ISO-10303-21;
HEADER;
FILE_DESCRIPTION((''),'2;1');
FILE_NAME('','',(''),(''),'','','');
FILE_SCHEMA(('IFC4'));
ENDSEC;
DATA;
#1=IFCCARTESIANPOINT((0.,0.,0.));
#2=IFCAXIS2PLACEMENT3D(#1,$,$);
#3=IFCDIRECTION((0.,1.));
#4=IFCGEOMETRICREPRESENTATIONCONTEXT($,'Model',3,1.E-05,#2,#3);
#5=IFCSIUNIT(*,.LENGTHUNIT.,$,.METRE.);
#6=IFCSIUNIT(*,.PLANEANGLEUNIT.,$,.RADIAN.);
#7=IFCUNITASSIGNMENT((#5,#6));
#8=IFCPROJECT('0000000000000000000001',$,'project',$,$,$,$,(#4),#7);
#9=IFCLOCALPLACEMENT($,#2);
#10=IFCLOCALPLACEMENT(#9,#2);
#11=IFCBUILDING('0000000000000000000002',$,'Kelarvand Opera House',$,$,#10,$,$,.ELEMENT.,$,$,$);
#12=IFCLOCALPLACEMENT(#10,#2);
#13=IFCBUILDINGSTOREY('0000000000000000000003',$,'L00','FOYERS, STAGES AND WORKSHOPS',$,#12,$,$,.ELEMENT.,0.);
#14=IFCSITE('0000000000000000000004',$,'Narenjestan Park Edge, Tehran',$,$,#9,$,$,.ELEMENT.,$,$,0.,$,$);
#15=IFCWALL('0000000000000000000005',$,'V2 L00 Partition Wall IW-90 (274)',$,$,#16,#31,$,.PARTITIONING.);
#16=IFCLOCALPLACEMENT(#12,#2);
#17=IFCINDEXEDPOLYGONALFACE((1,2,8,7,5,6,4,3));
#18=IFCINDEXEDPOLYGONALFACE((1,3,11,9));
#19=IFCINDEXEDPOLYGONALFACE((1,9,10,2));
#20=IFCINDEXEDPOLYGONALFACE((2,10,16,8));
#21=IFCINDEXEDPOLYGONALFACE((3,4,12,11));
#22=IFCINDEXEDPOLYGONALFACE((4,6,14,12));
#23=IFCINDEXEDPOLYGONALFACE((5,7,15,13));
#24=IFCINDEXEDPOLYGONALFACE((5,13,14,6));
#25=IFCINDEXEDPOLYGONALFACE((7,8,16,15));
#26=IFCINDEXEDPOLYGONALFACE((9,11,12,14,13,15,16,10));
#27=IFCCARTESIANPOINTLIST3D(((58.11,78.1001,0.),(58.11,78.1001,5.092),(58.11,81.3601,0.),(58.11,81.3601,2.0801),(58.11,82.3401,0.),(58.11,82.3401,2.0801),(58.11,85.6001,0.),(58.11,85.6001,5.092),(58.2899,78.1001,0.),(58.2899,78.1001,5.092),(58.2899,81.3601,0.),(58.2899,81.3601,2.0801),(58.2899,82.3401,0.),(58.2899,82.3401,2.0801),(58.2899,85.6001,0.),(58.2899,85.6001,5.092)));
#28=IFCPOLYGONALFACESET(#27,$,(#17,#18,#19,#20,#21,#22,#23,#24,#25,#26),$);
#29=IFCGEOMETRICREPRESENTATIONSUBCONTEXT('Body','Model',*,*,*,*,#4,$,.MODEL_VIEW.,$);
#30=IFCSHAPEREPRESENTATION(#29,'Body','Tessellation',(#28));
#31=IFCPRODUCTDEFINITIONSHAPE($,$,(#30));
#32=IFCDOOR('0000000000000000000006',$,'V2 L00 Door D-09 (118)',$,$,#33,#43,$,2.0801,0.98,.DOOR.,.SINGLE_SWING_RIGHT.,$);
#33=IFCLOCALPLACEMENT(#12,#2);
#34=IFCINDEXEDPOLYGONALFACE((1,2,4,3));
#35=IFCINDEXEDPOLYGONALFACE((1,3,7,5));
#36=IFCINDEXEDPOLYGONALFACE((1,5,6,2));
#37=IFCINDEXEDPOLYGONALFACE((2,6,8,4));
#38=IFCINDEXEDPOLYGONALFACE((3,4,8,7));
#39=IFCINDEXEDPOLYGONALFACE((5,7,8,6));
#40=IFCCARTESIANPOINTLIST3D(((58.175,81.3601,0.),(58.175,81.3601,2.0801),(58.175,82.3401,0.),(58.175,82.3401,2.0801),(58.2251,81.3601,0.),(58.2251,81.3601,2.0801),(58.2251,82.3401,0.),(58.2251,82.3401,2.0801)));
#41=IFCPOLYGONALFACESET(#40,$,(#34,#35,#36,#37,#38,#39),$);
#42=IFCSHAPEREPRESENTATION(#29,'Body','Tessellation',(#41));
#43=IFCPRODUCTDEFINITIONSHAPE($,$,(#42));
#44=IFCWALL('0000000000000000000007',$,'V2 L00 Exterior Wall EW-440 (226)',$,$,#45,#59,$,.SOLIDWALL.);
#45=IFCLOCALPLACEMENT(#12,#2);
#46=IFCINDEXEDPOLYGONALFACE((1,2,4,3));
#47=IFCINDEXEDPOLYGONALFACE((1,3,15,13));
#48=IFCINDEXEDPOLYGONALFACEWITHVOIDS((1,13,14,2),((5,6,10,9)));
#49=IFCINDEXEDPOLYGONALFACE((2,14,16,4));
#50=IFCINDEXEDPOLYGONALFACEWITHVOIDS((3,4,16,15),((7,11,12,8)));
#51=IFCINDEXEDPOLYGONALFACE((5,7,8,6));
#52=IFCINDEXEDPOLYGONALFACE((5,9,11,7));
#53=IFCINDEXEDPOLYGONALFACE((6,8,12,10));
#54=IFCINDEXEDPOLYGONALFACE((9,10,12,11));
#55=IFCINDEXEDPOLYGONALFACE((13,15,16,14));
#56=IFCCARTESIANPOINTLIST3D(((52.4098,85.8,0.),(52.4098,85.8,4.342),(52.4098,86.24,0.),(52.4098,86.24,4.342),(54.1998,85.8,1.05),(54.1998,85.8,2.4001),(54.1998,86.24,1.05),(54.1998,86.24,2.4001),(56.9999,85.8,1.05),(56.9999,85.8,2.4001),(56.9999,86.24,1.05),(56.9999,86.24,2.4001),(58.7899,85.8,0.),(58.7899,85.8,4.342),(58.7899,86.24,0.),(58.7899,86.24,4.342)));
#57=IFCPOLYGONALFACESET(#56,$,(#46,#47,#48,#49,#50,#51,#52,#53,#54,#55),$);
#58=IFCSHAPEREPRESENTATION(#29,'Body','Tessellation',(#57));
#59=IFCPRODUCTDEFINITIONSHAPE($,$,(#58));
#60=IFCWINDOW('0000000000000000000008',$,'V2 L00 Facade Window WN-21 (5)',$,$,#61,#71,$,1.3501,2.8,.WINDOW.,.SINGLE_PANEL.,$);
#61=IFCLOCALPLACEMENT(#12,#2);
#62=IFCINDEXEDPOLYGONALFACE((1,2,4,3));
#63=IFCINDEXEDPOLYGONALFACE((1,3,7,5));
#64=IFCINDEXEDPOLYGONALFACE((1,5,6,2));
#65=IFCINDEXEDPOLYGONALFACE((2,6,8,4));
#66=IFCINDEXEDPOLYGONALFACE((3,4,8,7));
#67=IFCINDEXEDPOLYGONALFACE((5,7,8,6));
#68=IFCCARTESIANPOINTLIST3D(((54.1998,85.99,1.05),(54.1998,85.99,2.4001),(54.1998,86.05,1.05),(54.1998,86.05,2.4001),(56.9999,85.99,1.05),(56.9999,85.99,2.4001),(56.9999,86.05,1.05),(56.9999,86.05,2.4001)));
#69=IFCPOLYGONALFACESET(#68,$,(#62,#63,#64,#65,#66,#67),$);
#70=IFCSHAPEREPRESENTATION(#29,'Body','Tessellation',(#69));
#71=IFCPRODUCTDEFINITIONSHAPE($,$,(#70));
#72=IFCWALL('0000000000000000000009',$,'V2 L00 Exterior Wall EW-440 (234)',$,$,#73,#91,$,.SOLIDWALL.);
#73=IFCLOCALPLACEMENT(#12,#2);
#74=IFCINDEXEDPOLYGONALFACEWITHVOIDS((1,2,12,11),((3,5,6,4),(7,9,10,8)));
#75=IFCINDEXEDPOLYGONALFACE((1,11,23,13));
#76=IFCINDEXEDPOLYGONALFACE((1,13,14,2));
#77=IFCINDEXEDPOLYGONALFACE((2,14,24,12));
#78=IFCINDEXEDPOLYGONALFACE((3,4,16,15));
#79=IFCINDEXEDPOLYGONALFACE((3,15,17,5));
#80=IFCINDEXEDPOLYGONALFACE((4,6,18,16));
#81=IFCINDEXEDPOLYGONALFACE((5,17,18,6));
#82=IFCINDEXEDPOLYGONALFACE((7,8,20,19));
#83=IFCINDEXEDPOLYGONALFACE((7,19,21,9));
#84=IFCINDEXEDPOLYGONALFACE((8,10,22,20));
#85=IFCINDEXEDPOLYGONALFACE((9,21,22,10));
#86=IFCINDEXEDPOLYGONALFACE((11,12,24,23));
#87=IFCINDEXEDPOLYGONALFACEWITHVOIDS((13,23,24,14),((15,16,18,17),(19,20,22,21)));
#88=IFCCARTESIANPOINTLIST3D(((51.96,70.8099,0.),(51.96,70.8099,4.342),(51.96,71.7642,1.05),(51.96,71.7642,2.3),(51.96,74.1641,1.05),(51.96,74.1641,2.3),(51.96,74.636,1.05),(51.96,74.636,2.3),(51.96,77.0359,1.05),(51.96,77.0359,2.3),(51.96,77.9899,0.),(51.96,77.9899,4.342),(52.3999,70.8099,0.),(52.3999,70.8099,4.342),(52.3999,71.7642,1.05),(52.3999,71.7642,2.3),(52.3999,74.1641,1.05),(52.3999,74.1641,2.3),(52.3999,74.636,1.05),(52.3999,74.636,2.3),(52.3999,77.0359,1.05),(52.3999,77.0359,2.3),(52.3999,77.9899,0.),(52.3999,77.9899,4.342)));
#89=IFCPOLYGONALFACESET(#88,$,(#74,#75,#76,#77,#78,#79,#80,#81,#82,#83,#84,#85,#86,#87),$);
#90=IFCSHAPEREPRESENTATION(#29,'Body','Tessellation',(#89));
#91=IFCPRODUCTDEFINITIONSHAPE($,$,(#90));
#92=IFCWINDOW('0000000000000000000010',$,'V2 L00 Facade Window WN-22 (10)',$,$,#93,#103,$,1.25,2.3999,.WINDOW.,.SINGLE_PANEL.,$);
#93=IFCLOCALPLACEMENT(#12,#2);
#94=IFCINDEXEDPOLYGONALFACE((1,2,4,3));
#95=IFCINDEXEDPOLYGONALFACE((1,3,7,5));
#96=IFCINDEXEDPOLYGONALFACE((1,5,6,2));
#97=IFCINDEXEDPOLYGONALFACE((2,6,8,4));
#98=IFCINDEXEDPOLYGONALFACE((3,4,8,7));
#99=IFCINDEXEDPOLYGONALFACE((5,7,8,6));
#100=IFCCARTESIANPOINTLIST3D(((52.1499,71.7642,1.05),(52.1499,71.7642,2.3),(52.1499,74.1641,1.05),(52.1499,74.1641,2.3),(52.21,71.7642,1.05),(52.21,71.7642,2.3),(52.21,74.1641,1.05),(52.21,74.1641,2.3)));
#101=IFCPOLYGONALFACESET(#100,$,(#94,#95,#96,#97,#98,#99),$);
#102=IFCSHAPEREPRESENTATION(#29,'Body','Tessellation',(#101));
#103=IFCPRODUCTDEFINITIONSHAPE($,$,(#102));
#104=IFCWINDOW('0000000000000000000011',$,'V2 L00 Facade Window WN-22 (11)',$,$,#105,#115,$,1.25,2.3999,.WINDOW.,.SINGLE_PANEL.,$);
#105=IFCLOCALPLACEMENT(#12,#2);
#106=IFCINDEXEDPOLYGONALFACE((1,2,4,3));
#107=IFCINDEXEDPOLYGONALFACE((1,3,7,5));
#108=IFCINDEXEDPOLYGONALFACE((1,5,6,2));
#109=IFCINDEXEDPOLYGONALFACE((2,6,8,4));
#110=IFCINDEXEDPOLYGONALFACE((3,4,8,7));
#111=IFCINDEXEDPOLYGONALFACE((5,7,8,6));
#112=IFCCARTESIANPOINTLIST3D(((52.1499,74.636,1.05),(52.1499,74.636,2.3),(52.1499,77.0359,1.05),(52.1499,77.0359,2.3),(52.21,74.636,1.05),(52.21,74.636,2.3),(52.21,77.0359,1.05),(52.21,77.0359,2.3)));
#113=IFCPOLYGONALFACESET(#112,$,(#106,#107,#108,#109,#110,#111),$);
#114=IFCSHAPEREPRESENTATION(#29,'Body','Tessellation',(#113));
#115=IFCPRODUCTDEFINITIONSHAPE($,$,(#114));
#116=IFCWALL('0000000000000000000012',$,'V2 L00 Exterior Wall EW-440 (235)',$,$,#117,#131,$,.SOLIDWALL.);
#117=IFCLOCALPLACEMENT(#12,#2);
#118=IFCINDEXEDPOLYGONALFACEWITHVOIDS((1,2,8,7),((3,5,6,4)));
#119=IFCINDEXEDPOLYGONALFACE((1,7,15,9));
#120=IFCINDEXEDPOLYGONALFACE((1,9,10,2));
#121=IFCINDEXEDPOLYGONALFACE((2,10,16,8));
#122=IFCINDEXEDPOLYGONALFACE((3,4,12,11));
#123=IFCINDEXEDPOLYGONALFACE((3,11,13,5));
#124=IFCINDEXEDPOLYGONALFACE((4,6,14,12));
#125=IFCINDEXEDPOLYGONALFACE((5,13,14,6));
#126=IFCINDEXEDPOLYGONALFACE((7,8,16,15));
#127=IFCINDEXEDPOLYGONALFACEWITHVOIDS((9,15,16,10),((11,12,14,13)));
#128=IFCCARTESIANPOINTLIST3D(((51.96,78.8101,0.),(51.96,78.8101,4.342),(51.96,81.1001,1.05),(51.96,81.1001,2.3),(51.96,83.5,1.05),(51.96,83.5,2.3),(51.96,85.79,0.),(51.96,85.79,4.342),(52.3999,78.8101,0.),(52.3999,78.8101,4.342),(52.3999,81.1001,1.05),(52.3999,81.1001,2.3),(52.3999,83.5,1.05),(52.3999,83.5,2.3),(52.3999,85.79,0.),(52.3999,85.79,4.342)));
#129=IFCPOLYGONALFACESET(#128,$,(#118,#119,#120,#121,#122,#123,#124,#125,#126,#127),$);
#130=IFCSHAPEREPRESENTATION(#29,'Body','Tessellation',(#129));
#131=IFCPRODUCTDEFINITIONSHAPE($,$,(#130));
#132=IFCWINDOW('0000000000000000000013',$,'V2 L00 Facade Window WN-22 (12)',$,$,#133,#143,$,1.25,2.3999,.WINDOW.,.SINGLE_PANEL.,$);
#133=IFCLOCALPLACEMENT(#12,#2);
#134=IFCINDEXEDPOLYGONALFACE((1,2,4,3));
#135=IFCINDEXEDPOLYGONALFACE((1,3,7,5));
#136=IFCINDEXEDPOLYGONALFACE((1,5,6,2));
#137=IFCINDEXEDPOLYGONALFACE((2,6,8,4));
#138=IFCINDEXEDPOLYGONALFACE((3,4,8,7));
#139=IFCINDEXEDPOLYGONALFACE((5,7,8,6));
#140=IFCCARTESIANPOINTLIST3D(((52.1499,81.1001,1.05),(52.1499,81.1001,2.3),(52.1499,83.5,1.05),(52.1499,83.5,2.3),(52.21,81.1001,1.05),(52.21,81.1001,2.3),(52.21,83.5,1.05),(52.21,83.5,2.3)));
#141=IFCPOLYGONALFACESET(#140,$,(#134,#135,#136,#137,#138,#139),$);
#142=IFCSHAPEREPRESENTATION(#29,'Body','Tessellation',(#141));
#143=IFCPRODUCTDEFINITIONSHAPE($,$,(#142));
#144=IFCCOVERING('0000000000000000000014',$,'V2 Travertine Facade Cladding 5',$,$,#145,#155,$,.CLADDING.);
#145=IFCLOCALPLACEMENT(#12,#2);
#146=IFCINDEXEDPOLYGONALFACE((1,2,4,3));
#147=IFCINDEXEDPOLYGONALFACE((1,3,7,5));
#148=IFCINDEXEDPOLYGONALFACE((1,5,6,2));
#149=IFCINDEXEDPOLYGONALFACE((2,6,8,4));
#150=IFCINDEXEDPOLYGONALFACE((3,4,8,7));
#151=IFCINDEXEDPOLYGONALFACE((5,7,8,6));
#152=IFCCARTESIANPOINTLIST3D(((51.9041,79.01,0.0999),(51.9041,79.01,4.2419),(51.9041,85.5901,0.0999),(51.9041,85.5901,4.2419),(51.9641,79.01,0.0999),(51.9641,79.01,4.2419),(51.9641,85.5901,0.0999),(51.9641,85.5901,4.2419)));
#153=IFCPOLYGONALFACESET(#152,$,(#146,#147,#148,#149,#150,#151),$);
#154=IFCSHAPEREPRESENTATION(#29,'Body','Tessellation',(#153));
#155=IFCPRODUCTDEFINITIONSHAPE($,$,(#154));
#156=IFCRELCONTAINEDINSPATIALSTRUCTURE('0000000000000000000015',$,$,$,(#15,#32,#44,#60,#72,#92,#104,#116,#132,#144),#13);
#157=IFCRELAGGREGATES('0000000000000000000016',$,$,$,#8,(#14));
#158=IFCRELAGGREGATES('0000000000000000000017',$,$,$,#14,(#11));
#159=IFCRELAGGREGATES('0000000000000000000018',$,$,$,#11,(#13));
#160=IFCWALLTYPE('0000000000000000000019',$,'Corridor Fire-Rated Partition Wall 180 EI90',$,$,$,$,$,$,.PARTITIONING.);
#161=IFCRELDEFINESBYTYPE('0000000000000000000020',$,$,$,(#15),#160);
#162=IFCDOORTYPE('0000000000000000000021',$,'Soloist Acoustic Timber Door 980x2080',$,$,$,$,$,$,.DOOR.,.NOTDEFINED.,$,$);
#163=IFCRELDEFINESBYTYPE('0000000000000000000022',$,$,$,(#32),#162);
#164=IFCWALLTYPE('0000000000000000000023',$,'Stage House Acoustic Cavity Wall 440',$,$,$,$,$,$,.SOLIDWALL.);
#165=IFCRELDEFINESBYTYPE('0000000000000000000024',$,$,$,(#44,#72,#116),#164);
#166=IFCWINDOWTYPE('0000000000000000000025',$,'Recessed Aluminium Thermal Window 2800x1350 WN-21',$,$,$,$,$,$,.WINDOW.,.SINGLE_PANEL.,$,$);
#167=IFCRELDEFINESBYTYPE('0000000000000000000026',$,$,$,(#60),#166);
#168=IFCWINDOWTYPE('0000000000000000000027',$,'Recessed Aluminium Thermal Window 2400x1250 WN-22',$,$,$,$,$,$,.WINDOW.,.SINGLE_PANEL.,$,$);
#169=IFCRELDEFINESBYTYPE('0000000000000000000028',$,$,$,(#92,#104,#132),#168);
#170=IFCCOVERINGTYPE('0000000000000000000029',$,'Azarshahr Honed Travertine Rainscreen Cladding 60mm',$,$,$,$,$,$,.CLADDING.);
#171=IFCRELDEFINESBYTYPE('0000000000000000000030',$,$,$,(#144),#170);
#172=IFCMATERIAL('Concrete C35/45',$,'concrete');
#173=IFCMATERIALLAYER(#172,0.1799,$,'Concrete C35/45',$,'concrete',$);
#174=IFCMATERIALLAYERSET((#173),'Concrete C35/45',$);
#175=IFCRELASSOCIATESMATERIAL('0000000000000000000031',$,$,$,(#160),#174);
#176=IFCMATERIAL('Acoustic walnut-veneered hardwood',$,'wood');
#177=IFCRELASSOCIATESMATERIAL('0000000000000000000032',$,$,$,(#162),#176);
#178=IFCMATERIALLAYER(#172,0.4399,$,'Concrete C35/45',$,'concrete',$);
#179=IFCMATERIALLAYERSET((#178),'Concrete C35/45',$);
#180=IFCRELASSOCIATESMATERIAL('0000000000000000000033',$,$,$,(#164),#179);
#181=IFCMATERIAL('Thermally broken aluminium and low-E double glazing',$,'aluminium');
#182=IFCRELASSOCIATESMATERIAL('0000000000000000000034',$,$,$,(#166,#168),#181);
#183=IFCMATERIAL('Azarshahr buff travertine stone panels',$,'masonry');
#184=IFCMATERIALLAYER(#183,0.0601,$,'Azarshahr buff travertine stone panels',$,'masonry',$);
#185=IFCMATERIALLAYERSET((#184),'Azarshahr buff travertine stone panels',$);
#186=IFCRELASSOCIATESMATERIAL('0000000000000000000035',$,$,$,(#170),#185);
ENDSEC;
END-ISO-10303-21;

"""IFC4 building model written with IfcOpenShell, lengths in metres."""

from ifc_helpers import new_model, si_unit, direction, frame, frame_2d, origin, origin_2d, place, context, subcontext, project, spatial, rectangle, extrude, material, layer, layer_set, type_object, element, fill, save


model = new_model("IFC4")

# Units and contexts
model_context = context("Model", 3, precision=1e-05, world=origin(), true_north=direction((0.0, 1.0)))
body_context = subcontext(model_context, "Body", "Model", "MODEL_VIEW")
ifc_project = project(units=[si_unit("LENGTHUNIT", "METRE"), si_unit("PLANEANGLEUNIT", "RADIAN")], contexts=[model_context])

# Site, building, storey
site_placement = place(None, origin())
site = spatial("IfcSite", under=ifc_project, at=site_placement, Name="Narenjestan Park Edge, Tehran", CompositionType="ELEMENT", RefElevation=0.0)
building_placement = place(site_placement, origin())
building = spatial("IfcBuilding", under=site, at=building_placement, Name="Kelarvand Opera House", CompositionType="ELEMENT")
storey_placement = place(building_placement, origin())
storey = spatial("IfcBuildingStorey", under=building, at=storey_placement, Name="L00", Description="FOYERS, STAGES AND WORKSHOPS", CompositionType="ELEMENT", Elevation=0.0)

# Wall, opening, door
ifc_material_1 = material(Name="Concrete C35/45", Category="concrete")
ifc_layer_1 = layer(ifc_material_1, 0.1799, Name="Concrete C35/45", Category="concrete")
ifc_layer_set_1 = layer_set([ifc_layer_1], Name="Concrete C35/45")
wall_type_1 = type_object("IfcWallType", Name="Corridor Fire-Rated Partition Wall 180 EI90", PredefinedType="PARTITIONING", material=ifc_layer_set_1)
wall_1_placement = place(storey_placement, frame((58.2, 78.1001, 0.0), z_axis=(0.0, 0.0, 1.0), x_axis=(0.0, 1.0, 0.0)))
wall_1 = element("IfcWall", 1, at=wall_1_placement, inside=storey, type_object=wall_type_1, Name="V2 L00 Partition Wall IW-90 (274)", PredefinedType="PARTITIONING", context=body_context, shape_type="SweptSolid", body=[
    extrude(rectangle(XDim=7.5, YDim=0.1799, at=frame_2d((3.75, 0.0))), origin(), (0.0, 0.0, 1.0), 5.092),
])
opening_1_placement = place(wall_1_placement, frame((3.26, 0.0, 0.0)))
opening_1 = element("IfcOpeningElement", 2, at=opening_1_placement, cuts=wall_1, PredefinedType="OPENING", context=body_context, shape_type="SweptSolid", body=[
    extrude(rectangle(XDim=0.98, YDim=2.0801, at=frame_2d((0.49, 1.04))), frame((0.0, 0.1001, 0.0), z_axis=(0.0, -1.0, 0.0), x_axis=(1.0, 0.0, 0.0)), (0.0, 0.0, 1.0), 0.2),
])
ifc_material_2 = material(Name="Acoustic walnut-veneered hardwood", Category="wood")
door_type = type_object("IfcDoorType", Name="Soloist Acoustic Timber Door 980x2080", OperationType="NOTDEFINED", PredefinedType="DOOR", material=ifc_material_2)
door_placement = place(opening_1_placement, origin())
door = element("IfcDoor", 3, at=door_placement, inside=storey, type_object=door_type, Name="V2 L00 Door D-09 (118)", OperationType="SINGLE_SWING_RIGHT", OverallHeight=2.0801, OverallWidth=0.98, PredefinedType="DOOR", context=body_context, shape_type="SweptSolid", body=[
    extrude(rectangle(XDim=0.98, YDim=2.0801, at=frame_2d((0.49, 1.04))), frame((0.0, 0.0249, 0.0), z_axis=(0.0, -1.0, 0.0), x_axis=(1.0, 0.0, 0.0)), (0.0, 0.0, 1.0), 0.05),
])
fill(opening_1, door)

# Wall, opening, window
ifc_layer_2 = layer(ifc_material_1, 0.4399, Name="Concrete C35/45", Category="concrete")
ifc_layer_set_2 = layer_set([ifc_layer_2], Name="Concrete C35/45")
wall_type_2 = type_object("IfcWallType", Name="Stage House Acoustic Cavity Wall 440", PredefinedType="SOLIDWALL", material=ifc_layer_set_2)
wall_2_placement = place(storey_placement, frame((52.4099, 86.02, 0.0), z_axis=(0.0, 0.0, 1.0), x_axis=(1.0, 0.0, 0.0)))
wall_2 = element("IfcWall", 4, at=wall_2_placement, inside=storey, type_object=wall_type_2, Name="V2 L00 Exterior Wall EW-440 (226)", PredefinedType="SOLIDWALL", context=body_context, shape_type="SweptSolid", body=[
    extrude(rectangle(XDim=6.3801, YDim=0.4399, at=frame_2d((3.1899, 0.0))), origin(), (0.0, 0.0, 1.0), 4.342),
])
opening_2_placement = place(wall_2_placement, frame((1.79, 0.0, 1.05)))
opening_2 = element("IfcOpeningElement", 5, at=opening_2_placement, cuts=wall_2, PredefinedType="OPENING", context=body_context, shape_type="SweptSolid", body=[
    extrude(rectangle(XDim=2.8, YDim=1.3501, at=frame_2d((1.3999, 0.675))), frame((0.0, 0.23, 0.0), z_axis=(0.0, -1.0, 0.0), x_axis=(1.0, 0.0, 0.0)), (0.0, 0.0, 1.0), 0.46),
])
ifc_material_3 = material(Name="Thermally broken aluminium and low-E double glazing", Category="aluminium")
window_type_1 = type_object("IfcWindowType", Name="Recessed Aluminium Thermal Window 2800x1350 WN-21", PartitioningType="SINGLE_PANEL", PredefinedType="WINDOW", material=ifc_material_3)
window_1_placement = place(opening_2_placement, origin())
window_1 = element("IfcWindow", 6, at=window_1_placement, inside=storey, type_object=window_type_1, Name="V2 L00 Facade Window WN-21 (5)", OverallHeight=1.3501, OverallWidth=2.8, PartitioningType="SINGLE_PANEL", PredefinedType="WINDOW", context=body_context, shape_type="SweptSolid", body=[
    extrude(rectangle(XDim=2.8, YDim=1.3501, at=frame_2d((1.3999, 0.675))), frame((0.0, 0.03, 0.0), z_axis=(0.0, -1.0, 0.0), x_axis=(1.0, 0.0, 0.0)), (0.0, 0.0, 1.0), 0.0601),
])
fill(opening_2, window_1)

# Wall, openings, windows
wall_3_placement = place(storey_placement, frame((52.1799, 70.8101, 0.0), z_axis=(0.0, 0.0, 1.0), x_axis=(0.0, 1.0, 0.0)))
wall_3 = element("IfcWall", 7, at=wall_3_placement, inside=storey, type_object=wall_type_2, Name="V2 L00 Exterior Wall EW-440 (234)", PredefinedType="SOLIDWALL", context=body_context, shape_type="SweptSolid", body=[
    extrude(rectangle(XDim=7.1799, YDim=0.4399, at=frame_2d((3.5898, 0.0))), origin(), (0.0, 0.0, 1.0), 4.342),
])
opening_3_placement = place(wall_3_placement, frame((0.9541, 0.0, 1.05)))
opening_3 = element("IfcOpeningElement", 8, at=opening_3_placement, cuts=wall_3, PredefinedType="OPENING", context=body_context, shape_type="SweptSolid", body=[
    extrude(rectangle(XDim=2.3999, YDim=1.25, at=frame_2d((1.2, 0.625))), frame((0.0, 0.23, 0.0), z_axis=(0.0, -1.0, 0.0), x_axis=(1.0, 0.0, 0.0)), (0.0, 0.0, 1.0), 0.46),
])
opening_4_placement = place(wall_3_placement, frame((3.8259, 0.0, 1.05)))
opening_4 = element("IfcOpeningElement", 9, at=opening_4_placement, cuts=wall_3, PredefinedType="OPENING", context=body_context, shape_type="SweptSolid", body=[
    extrude(rectangle(XDim=2.3999, YDim=1.25, at=frame_2d((1.2, 0.625))), frame((0.0, 0.23, 0.0), z_axis=(0.0, -1.0, 0.0), x_axis=(1.0, 0.0, 0.0)), (0.0, 0.0, 1.0), 0.46),
])
window_type_2 = type_object("IfcWindowType", Name="Recessed Aluminium Thermal Window 2400x1250 WN-22", PartitioningType="SINGLE_PANEL", PredefinedType="WINDOW", material=ifc_material_3)
window_2_placement = place(opening_3_placement, origin())
window_2 = element("IfcWindow", 10, at=window_2_placement, inside=storey, type_object=window_type_2, Name="V2 L00 Facade Window WN-22 (10)", OverallHeight=1.25, OverallWidth=2.3999, PartitioningType="SINGLE_PANEL", PredefinedType="WINDOW", context=body_context, shape_type="SweptSolid", body=[
    extrude(rectangle(XDim=2.3999, YDim=1.25, at=frame_2d((1.2, 0.625))), frame((0.0, 0.03, 0.0), z_axis=(0.0, -1.0, 0.0), x_axis=(1.0, 0.0, 0.0)), (0.0, 0.0, 1.0), 0.0601),
])
fill(opening_3, window_2)
window_3_placement = place(opening_4_placement, origin())
window_3 = element("IfcWindow", 11, at=window_3_placement, inside=storey, type_object=window_type_2, Name="V2 L00 Facade Window WN-22 (11)", OverallHeight=1.25, OverallWidth=2.3999, PartitioningType="SINGLE_PANEL", PredefinedType="WINDOW", context=body_context, shape_type="SweptSolid", body=[
    extrude(rectangle(XDim=2.3999, YDim=1.25, at=frame_2d((1.2, 0.625))), frame((0.0, 0.03, 0.0), z_axis=(0.0, -1.0, 0.0), x_axis=(1.0, 0.0, 0.0)), (0.0, 0.0, 1.0), 0.0601),
])
fill(opening_4, window_3)

# Wall, opening, window
wall_4_placement = place(storey_placement, frame((52.1799, 78.8101, 0.0), z_axis=(0.0, 0.0, 1.0), x_axis=(0.0, 1.0, 0.0)))
wall_4 = element("IfcWall", 12, at=wall_4_placement, inside=storey, type_object=wall_type_2, Name="V2 L00 Exterior Wall EW-440 (235)", PredefinedType="SOLIDWALL", context=body_context, shape_type="SweptSolid", body=[
    extrude(rectangle(XDim=6.98, YDim=0.4399, at=frame_2d((3.49, 0.0))), origin(), (0.0, 0.0, 1.0), 4.342),
])
opening_5_placement = place(wall_4_placement, frame((2.29, 0.0, 1.05)))
opening_5 = element("IfcOpeningElement", 13, at=opening_5_placement, cuts=wall_4, PredefinedType="OPENING", context=body_context, shape_type="SweptSolid", body=[
    extrude(rectangle(XDim=2.3999, YDim=1.25, at=frame_2d((1.2, 0.625))), frame((0.0, 0.23, 0.0), z_axis=(0.0, -1.0, 0.0), x_axis=(1.0, 0.0, 0.0)), (0.0, 0.0, 1.0), 0.46),
])
window_4_placement = place(opening_5_placement, origin())
window_4 = element("IfcWindow", 14, at=window_4_placement, inside=storey, type_object=window_type_2, Name="V2 L00 Facade Window WN-22 (12)", OverallHeight=1.25, OverallWidth=2.3999, PartitioningType="SINGLE_PANEL", PredefinedType="WINDOW", context=body_context, shape_type="SweptSolid", body=[
    extrude(rectangle(XDim=2.3999, YDim=1.25, at=frame_2d((1.2, 0.625))), frame((0.0, 0.03, 0.0), z_axis=(0.0, -1.0, 0.0), x_axis=(1.0, 0.0, 0.0)), (0.0, 0.0, 1.0), 0.0601),
])
fill(opening_5, window_4)

# Covering
ifc_material_4 = material(Name="Azarshahr buff travertine stone panels", Category="masonry")
ifc_layer_3 = layer(ifc_material_4, 0.0601, Name="Azarshahr buff travertine stone panels", Category="masonry")
ifc_layer_set_3 = layer_set([ifc_layer_3], Name="Azarshahr buff travertine stone panels")
covering_type = type_object("IfcCoveringType", Name="Azarshahr Honed Travertine Rainscreen Cladding 60mm", PredefinedType="CLADDING", material=ifc_layer_set_3)
covering_placement = place(storey_placement, frame((51.9341, 82.3, 0.0999), z_axis=(0.0, 0.0, 1.0), x_axis=(0.0, 1.0, 0.0)))
element("IfcCovering", 15, at=covering_placement, inside=storey, type_object=covering_type, Name="V2 Travertine Facade Cladding 5", PredefinedType="CLADDING", context=body_context, shape_type="SweptSolid", body=[
    extrude(rectangle(XDim=6.5801, YDim=0.0601, at=origin_2d()), origin(), (0.0, 0.0, 1.0), 4.1421),
])

save(model, "model.ifc")
